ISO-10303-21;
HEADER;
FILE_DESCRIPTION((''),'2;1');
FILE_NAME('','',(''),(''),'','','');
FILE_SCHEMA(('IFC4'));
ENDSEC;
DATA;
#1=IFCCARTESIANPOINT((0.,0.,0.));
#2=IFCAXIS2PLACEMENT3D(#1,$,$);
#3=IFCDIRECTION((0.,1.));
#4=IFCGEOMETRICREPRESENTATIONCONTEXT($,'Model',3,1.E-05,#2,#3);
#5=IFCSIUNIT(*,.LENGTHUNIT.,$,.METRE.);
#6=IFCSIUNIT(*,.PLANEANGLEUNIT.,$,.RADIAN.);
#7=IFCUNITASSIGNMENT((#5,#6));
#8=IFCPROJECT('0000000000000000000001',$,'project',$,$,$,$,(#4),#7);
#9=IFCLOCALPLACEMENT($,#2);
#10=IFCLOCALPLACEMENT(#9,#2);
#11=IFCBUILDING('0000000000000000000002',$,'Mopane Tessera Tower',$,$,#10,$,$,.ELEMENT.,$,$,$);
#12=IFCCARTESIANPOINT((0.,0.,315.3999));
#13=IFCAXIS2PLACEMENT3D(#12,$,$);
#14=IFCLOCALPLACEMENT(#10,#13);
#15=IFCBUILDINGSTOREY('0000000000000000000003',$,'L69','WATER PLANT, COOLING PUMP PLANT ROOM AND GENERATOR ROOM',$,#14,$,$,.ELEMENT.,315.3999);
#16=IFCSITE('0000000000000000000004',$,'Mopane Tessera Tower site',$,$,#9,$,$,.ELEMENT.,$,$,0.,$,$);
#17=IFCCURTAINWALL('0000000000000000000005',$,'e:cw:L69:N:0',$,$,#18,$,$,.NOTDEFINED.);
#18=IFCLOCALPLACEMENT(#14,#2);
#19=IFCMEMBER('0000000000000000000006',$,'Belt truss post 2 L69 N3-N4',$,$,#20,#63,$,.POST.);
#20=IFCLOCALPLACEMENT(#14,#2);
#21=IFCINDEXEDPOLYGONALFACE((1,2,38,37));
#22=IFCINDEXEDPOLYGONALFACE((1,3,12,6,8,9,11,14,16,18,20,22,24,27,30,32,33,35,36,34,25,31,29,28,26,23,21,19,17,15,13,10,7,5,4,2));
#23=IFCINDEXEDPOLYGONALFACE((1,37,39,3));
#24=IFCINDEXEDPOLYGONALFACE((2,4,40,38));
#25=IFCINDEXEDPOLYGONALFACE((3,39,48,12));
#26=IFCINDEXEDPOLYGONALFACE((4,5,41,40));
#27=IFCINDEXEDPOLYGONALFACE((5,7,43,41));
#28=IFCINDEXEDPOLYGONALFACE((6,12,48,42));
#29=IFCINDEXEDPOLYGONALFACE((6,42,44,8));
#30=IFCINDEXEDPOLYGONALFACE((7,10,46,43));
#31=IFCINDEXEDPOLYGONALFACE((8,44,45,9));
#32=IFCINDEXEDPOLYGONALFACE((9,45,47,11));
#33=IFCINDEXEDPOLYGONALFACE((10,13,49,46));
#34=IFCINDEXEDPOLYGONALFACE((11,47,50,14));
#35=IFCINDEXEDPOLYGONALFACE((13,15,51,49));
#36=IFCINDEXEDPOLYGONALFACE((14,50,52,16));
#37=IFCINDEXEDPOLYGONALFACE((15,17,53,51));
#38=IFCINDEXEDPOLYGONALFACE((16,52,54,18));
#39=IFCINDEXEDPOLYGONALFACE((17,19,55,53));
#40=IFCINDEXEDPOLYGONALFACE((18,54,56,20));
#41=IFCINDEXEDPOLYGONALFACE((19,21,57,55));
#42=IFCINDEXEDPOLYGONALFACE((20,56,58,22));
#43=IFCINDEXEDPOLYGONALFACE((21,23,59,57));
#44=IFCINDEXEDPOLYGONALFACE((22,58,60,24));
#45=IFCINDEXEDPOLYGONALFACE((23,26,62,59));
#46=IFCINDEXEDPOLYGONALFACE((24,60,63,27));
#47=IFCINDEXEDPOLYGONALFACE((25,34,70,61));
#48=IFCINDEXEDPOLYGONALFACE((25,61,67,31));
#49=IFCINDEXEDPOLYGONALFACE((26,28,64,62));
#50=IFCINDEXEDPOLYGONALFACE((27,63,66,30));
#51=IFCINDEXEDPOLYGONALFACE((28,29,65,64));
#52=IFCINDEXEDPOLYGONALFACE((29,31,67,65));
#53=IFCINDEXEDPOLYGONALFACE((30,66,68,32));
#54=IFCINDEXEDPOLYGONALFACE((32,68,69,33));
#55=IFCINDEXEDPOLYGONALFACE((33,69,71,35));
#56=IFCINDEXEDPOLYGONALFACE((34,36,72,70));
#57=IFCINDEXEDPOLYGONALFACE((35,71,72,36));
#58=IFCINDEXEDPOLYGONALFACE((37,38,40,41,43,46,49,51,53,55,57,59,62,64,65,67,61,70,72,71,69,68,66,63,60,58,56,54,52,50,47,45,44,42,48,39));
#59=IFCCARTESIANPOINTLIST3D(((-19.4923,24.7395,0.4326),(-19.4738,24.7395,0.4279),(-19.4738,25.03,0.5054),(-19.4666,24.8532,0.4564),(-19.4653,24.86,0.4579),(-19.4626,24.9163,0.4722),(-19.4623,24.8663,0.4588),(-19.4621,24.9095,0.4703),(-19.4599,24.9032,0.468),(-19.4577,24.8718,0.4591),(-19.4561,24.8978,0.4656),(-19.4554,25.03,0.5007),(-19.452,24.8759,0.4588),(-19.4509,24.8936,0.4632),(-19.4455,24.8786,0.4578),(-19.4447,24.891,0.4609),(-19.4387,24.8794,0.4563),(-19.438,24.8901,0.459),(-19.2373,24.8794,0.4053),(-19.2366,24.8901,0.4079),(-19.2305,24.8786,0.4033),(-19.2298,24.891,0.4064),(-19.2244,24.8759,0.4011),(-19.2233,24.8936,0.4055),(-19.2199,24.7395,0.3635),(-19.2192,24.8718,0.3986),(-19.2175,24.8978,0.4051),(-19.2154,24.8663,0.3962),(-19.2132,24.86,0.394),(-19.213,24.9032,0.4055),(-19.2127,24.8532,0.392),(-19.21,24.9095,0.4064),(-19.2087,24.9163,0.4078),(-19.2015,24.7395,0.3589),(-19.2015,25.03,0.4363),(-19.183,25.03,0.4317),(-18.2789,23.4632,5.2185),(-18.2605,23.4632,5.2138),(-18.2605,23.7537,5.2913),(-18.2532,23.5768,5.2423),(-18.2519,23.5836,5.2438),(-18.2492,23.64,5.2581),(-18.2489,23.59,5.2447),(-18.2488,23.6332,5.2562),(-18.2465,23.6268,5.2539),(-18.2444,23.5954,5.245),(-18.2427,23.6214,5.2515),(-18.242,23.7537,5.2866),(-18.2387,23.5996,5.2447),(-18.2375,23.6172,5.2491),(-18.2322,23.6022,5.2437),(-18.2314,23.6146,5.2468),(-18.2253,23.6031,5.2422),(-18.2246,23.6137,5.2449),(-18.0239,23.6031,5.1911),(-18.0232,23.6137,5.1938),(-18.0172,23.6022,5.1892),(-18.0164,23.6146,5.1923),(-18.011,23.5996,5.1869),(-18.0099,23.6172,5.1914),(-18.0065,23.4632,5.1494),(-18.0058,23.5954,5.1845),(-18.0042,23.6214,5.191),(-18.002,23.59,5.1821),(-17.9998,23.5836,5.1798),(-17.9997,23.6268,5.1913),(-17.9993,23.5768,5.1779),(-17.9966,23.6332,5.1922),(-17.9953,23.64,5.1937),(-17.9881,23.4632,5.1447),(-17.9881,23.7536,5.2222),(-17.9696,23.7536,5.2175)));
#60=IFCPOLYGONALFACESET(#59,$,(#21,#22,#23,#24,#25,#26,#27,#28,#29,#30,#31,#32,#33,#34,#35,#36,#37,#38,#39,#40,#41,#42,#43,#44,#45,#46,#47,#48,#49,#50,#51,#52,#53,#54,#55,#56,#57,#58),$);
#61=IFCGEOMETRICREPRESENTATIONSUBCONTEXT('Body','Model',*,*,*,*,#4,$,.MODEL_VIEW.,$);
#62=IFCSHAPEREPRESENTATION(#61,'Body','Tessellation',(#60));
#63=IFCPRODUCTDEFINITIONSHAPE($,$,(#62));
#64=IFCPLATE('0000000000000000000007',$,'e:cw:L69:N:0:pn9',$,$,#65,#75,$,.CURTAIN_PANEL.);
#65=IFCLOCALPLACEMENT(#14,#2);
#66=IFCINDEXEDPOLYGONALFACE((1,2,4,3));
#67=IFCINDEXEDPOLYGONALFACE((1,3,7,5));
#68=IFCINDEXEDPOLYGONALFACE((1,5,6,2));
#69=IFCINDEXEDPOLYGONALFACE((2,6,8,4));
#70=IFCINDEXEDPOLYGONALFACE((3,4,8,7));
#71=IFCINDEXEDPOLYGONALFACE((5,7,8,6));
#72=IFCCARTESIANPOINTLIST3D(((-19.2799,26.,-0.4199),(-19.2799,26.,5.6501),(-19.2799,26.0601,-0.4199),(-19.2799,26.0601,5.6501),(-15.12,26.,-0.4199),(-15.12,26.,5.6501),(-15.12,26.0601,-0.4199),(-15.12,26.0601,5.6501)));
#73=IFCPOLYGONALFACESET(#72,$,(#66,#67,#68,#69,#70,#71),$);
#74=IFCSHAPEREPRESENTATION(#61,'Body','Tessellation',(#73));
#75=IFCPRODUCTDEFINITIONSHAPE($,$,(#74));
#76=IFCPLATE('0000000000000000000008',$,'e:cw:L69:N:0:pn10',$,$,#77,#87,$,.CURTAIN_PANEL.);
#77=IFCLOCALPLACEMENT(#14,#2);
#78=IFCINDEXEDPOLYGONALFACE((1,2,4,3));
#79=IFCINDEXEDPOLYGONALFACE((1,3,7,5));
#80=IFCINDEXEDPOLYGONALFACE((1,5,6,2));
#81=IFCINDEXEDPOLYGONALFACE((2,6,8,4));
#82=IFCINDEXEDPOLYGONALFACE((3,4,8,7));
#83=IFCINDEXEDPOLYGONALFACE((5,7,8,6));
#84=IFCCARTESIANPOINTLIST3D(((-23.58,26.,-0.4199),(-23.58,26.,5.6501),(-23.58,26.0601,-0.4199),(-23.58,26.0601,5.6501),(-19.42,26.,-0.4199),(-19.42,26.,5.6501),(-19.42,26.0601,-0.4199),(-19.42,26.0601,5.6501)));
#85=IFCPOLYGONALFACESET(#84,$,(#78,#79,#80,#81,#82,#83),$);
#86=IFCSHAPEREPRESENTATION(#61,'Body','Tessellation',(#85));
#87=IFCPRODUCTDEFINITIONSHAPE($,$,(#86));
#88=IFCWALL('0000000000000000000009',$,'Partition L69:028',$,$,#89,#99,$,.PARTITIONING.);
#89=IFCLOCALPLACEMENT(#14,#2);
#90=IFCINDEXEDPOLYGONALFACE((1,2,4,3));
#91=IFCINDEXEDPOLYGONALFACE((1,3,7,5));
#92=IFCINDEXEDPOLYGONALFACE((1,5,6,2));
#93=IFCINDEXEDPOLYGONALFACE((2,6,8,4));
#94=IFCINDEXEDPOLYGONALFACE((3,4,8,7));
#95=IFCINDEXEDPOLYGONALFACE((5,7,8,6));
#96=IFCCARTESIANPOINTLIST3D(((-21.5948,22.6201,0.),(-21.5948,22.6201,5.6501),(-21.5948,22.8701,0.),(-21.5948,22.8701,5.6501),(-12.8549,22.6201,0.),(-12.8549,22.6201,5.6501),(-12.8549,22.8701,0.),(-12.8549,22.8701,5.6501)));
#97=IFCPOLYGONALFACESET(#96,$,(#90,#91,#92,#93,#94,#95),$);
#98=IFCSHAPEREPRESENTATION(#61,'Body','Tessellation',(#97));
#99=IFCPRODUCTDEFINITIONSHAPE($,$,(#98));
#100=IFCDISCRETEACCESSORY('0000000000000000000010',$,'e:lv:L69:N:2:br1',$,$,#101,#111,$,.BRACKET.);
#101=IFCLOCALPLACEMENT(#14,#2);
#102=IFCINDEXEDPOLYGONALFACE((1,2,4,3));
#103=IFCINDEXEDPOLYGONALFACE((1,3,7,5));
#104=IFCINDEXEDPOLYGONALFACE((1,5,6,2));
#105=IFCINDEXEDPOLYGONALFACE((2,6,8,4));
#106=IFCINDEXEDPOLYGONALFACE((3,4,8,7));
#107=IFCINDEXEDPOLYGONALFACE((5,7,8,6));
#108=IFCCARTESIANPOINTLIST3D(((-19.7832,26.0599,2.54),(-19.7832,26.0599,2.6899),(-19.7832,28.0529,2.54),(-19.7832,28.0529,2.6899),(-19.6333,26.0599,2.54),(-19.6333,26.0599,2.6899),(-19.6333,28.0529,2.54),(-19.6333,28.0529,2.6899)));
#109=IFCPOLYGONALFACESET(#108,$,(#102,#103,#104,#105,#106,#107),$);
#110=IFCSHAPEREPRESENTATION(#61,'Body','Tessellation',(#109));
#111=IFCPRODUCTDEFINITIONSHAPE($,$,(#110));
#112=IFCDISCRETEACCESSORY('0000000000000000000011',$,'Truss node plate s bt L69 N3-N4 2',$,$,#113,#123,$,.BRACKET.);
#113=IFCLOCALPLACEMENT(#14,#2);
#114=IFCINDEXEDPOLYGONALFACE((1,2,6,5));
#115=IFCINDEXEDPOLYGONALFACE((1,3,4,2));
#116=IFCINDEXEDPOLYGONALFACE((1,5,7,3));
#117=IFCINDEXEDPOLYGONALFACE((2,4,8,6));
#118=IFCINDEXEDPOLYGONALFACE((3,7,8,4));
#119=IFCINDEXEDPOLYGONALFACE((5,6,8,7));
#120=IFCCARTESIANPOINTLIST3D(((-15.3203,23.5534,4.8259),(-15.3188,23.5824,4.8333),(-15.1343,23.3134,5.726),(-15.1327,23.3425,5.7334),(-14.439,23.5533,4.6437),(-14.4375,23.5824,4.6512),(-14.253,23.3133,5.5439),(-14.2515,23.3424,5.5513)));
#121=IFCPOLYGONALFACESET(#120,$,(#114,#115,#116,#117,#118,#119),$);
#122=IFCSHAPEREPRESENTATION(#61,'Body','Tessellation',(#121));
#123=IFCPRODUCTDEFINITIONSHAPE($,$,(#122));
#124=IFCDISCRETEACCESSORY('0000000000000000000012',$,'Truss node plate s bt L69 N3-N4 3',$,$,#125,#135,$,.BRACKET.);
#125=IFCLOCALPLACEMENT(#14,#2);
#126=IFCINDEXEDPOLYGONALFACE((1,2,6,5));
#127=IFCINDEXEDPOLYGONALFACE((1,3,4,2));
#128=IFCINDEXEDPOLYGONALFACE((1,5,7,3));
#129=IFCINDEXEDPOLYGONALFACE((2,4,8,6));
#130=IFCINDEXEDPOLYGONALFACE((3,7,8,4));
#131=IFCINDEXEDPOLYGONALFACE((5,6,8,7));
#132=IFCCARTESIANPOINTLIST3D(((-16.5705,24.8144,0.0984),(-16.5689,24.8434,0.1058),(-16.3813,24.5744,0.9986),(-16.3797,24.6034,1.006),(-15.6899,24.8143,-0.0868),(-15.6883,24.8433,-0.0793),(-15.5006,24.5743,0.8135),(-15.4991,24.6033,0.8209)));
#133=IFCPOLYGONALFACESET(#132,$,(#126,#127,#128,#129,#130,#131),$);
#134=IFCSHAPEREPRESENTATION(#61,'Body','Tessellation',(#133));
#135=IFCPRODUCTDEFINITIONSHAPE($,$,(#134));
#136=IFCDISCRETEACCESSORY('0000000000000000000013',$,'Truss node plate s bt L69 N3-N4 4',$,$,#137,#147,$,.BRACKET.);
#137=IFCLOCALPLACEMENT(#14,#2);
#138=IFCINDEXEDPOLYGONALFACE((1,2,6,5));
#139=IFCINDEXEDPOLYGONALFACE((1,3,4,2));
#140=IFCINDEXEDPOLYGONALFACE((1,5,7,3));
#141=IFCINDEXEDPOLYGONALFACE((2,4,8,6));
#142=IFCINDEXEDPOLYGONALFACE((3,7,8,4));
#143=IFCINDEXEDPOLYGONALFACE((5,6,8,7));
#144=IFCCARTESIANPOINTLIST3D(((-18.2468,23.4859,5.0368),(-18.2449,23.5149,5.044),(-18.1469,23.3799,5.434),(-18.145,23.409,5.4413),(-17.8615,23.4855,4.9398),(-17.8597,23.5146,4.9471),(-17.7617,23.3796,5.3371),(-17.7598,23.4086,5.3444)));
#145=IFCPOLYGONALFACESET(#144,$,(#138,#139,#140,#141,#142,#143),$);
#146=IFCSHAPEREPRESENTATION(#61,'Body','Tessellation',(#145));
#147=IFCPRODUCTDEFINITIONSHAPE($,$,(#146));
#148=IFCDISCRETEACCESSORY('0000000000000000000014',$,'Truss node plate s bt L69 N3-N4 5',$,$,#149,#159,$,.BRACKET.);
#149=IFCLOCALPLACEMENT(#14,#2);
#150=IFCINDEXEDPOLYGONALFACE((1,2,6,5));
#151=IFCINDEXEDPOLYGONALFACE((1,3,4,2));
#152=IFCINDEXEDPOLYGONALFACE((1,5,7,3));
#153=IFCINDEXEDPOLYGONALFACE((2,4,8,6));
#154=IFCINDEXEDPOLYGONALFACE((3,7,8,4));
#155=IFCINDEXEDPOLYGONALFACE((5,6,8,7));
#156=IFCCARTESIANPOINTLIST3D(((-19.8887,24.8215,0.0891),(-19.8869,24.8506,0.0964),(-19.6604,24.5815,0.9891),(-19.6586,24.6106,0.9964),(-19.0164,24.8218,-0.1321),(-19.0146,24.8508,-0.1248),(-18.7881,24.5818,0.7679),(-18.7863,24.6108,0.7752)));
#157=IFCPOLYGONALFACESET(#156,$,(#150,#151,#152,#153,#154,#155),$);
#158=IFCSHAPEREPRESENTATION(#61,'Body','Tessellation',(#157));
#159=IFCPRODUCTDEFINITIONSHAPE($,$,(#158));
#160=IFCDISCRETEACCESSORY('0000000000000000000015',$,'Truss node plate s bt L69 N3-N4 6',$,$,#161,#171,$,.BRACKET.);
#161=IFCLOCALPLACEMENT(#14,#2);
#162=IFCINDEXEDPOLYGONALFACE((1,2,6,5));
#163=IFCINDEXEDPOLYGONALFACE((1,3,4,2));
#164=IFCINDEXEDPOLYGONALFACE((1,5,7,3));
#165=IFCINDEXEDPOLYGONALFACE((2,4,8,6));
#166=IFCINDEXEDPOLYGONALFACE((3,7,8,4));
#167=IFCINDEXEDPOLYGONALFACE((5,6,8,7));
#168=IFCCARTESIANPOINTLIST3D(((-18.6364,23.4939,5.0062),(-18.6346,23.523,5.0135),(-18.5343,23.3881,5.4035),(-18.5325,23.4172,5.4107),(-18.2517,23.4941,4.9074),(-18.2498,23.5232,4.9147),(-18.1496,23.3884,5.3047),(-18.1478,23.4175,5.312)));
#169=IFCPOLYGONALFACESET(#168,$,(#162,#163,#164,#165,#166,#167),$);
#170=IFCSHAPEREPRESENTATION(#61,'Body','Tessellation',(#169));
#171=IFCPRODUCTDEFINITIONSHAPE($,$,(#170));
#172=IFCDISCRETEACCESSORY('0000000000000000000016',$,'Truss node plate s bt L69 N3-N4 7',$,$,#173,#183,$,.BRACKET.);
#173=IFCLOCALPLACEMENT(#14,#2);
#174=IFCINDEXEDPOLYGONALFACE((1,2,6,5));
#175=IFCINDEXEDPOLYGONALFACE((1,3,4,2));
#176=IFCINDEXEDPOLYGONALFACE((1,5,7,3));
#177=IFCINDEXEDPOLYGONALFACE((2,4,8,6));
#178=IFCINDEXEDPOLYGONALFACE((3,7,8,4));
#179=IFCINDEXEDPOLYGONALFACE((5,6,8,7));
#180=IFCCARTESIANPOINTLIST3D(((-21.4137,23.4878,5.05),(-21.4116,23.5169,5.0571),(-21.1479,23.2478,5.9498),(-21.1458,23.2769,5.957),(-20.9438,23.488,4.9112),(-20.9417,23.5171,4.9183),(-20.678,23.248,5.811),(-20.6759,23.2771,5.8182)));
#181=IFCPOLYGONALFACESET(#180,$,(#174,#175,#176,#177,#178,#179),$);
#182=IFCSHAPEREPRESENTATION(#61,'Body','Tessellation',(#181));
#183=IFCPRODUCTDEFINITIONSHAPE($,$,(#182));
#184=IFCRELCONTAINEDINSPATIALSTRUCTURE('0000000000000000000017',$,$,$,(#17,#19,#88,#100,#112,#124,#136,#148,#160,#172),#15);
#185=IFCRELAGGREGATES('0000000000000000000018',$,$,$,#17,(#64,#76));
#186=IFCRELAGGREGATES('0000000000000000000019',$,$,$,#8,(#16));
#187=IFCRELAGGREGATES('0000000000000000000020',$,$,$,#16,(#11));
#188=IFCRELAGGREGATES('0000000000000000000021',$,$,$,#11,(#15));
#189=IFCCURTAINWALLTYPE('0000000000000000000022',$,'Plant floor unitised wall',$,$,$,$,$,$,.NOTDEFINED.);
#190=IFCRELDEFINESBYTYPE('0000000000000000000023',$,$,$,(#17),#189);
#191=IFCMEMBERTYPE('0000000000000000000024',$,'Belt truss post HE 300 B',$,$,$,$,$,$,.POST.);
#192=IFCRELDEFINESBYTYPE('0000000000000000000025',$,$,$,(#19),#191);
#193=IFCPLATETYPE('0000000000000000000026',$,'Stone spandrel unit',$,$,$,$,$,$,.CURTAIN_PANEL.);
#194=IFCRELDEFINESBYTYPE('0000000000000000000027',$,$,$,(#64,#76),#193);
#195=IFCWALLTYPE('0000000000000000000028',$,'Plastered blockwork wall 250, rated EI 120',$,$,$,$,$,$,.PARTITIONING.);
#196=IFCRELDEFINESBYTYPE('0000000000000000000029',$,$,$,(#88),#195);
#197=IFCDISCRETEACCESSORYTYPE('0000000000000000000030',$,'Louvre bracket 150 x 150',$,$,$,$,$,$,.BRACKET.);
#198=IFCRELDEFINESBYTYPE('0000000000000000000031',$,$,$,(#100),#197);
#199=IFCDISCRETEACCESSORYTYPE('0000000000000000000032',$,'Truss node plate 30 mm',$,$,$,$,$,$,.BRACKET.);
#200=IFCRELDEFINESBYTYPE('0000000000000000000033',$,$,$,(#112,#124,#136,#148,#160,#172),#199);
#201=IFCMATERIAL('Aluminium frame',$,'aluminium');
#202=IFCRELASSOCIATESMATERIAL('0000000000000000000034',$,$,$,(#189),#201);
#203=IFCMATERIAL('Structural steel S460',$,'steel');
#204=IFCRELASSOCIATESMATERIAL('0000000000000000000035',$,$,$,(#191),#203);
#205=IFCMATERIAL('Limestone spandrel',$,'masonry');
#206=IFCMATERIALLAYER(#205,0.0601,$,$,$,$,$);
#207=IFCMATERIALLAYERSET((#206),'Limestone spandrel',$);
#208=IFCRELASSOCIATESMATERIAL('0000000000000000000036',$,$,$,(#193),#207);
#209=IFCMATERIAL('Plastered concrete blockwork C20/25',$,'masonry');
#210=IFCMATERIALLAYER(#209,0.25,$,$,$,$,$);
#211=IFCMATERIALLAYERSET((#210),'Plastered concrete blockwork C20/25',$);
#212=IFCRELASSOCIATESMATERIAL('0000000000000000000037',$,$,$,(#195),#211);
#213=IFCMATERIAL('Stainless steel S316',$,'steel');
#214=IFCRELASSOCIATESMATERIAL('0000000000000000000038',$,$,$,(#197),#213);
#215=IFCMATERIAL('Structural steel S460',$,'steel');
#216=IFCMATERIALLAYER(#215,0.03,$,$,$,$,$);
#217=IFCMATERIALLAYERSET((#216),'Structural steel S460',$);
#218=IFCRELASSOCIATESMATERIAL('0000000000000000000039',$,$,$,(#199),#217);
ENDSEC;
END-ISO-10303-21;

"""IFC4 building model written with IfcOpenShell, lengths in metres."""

from ifc_helpers import new_model, si_unit, direction, frame, frame_2d, origin, origin_2d, place, context, subcontext, project, spatial, rectangle, i_section, extrude, material, layer, layer_set, material_profile, profile_set, type_object, element, aggregate, save


model = new_model("IFC4")

# Units and contexts
model_context = context("Model", 3, precision=1e-05, world=origin(), true_north=direction((0.0, 1.0)))
body_context = subcontext(model_context, "Body", "Model", "MODEL_VIEW")
ifc_project = project(units=[si_unit("LENGTHUNIT", "METRE"), si_unit("PLANEANGLEUNIT", "RADIAN")], contexts=[model_context])

# Site, building, storey
site_placement = place(None, origin())
site = spatial("IfcSite", under=ifc_project, at=site_placement, Name="Mopane Tessera Tower site", CompositionType="ELEMENT", RefElevation=0.0)
building_placement = place(site_placement, origin())
building = spatial("IfcBuilding", under=site, at=building_placement, Name="Mopane Tessera Tower", CompositionType="ELEMENT")
storey_placement = place(building_placement, frame((0.0, 0.0, 315.3999)))
storey = spatial("IfcBuildingStorey", under=building, at=storey_placement, Name="L69", Description="WATER PLANT, COOLING PUMP PLANT ROOM AND GENERATOR ROOM", CompositionType="ELEMENT", Elevation=315.3999)

# Curtain wall
ifc_material_1 = material(Name="Aluminium frame", Category="aluminium")
curtain_wall_type = type_object("IfcCurtainWallType", Name="Plant floor unitised wall", PredefinedType="NOTDEFINED", material=ifc_material_1)
curtain_wall_placement = place(storey_placement, origin())
curtain_wall = element("IfcCurtainWall", 1, at=curtain_wall_placement, inside=storey, type_object=curtain_wall_type, Name="e:cw:L69:N:0", PredefinedType="NOTDEFINED")

# Member
ifc_material_2 = material(Name="Structural steel S460", Category="steel")
ifc_material_profile_1 = material_profile(ifc_material_2, i_section(OverallWidth=0.3, OverallDepth=0.3, WebThickness=0.011, FlangeThickness=0.019, FilletRadius=0.0271, at=origin_2d()))
ifc_profile_set_1 = profile_set([ifc_material_profile_1], Name="Structural steel S460")
member_type_1 = type_object("IfcMemberType", Name="Belt truss post HE 300 B", PredefinedType="POST", material=ifc_profile_set_1)
member_1_placement = place(storey_placement, frame((-19.3376, 24.8848, 0.4321), z_axis=(0.237935, -0.250287, 0.938479), x_axis=(-0.061516, -0.968172, -0.242609)))
element("IfcMember", 2, at=member_1_placement, inside=storey, type_object=member_type_1, Name="Belt truss post 2 L69 N3-N4", PredefinedType="POST", context=body_context, shape_type="SweptSolid", body=[
    extrude(i_section(OverallWidth=0.3, OverallDepth=0.3, WebThickness=0.011, FlangeThickness=0.019, FilletRadius=0.0271, at=origin_2d()), origin(), (0.0, 0.0, 1.0), 5.0996),
])

# Plates
ifc_material_3 = material(Name="Limestone spandrel", Category="masonry")
ifc_layer_1 = layer(ifc_material_3, 0.0601)
ifc_layer_set_1 = layer_set([ifc_layer_1], Name="Limestone spandrel")
plate_type = type_object("IfcPlateType", Name="Stone spandrel unit", PredefinedType="CURTAIN_PANEL", material=ifc_layer_set_1)
plate_1_placement = place(storey_placement, frame((-17.2, 26.03, -0.4199), z_axis=(0.0, 0.0, 1.0), x_axis=(-1.0, 0.0, 0.0)))
plate_1 = element("IfcPlate", 3, at=plate_1_placement, type_object=plate_type, Name="e:cw:L69:N:0:pn9", PredefinedType="CURTAIN_PANEL", context=body_context, shape_type="SweptSolid", body=[
    extrude(rectangle(XDim=4.1599, YDim=0.0601, at=origin_2d()), origin(), (0.0, 0.0, 1.0), 6.0701),
])
plate_2_placement = place(storey_placement, frame((-21.5, 26.03, -0.4199), z_axis=(0.0, 0.0, 1.0), x_axis=(-1.0, 0.0, 0.0)))
plate_2 = element("IfcPlate", 4, at=plate_2_placement, type_object=plate_type, Name="e:cw:L69:N:0:pn10", PredefinedType="CURTAIN_PANEL", context=body_context, shape_type="SweptSolid", body=[
    extrude(rectangle(XDim=4.1599, YDim=0.0601, at=origin_2d()), origin(), (0.0, 0.0, 1.0), 6.0701),
])
aggregate(curtain_wall, [plate_1, plate_2])

# Wall
ifc_material_4 = material(Name="Plastered concrete blockwork C20/25", Category="masonry")
ifc_layer_2 = layer(ifc_material_4, 0.25)
ifc_layer_set_2 = layer_set([ifc_layer_2], Name="Plastered concrete blockwork C20/25")
wall_type = type_object("IfcWallType", Name="Plastered blockwork wall 250, rated EI 120", PredefinedType="PARTITIONING", material=ifc_layer_set_2)
wall_placement = place(storey_placement, frame((-21.595, 22.7451, 0.0), z_axis=(0.0, 0.0, 1.0), x_axis=(1.0, 0.0, 0.0)))
element("IfcWall", 5, at=wall_placement, inside=storey, type_object=wall_type, Name="Partition L69:028", PredefinedType="PARTITIONING", context=body_context, shape_type="SweptSolid", body=[
    extrude(rectangle(XDim=8.74, YDim=0.25, at=frame_2d((4.3701, 0.0))), origin(), (0.0, 0.0, 1.0), 5.6501),
])

# Discrete accessories
ifc_material_5 = material(Name="Stainless steel S316", Category="steel")
discrete_accessory_type_1 = type_object("IfcDiscreteAccessoryType", Name="Louvre bracket 150 x 150", PredefinedType="BRACKET", material=ifc_material_5)
discrete_accessory_1_placement = place(storey_placement, frame((-19.7083, 27.0564, 2.54), z_axis=(0.0, 0.0, 1.0), x_axis=(0.0, 1.0, 0.0)))
element("IfcDiscreteAccessory", 6, at=discrete_accessory_1_placement, inside=storey, type_object=discrete_accessory_type_1, Name="e:lv:L69:N:2:br1", PredefinedType="BRACKET", context=body_context, shape_type="SweptSolid", body=[
    extrude(rectangle(XDim=1.9929, YDim=0.1499, at=origin_2d()), origin(), (0.0, 0.0, 1.0), 0.1499),
])
ifc_material_6 = material(Name="Structural steel S460", Category="steel")
ifc_layer_3 = layer(ifc_material_6, 0.03)
ifc_layer_set_3 = layer_set([ifc_layer_3], Name="Structural steel S460")
discrete_accessory_type_2 = type_object("IfcDiscreteAccessoryType", Name="Truss node plate 30 mm", PredefinedType="BRACKET", material=ifc_layer_set_3)
discrete_accessory_2_placement = place(storey_placement, frame((-14.8789, 23.5679, 4.7385), z_axis=(0.19583, -0.252626, 0.947539), x_axis=(-0.051206, -0.967564, -0.247382)))
element("IfcDiscreteAccessory", 7, at=discrete_accessory_2_placement, inside=storey, type_object=discrete_accessory_type_2, Name="Truss node plate s bt L69 N3-N4 2", PredefinedType="BRACKET", context=body_context, shape_type="SweptSolid", body=[
    extrude(rectangle(XDim=0.03, YDim=0.8999, at=origin_2d()), origin(), (0.0, 0.0, 1.0), 0.95),
])
discrete_accessory_3_placement = place(storey_placement, frame((-16.1294, 24.8289, 0.0095), z_axis=(0.19904, -0.252459, 0.946915), x_axis=(-0.052072, -0.967608, -0.247031)))
element("IfcDiscreteAccessory", 8, at=discrete_accessory_3_placement, inside=storey, type_object=discrete_accessory_type_2, Name="Truss node plate s bt L69 N3-N4 3", PredefinedType="BRACKET", context=body_context, shape_type="SweptSolid", body=[
    extrude(rectangle(XDim=0.03, YDim=0.8999, at=origin_2d()), origin(), (0.0, 0.0, 1.0), 0.9507),
])
discrete_accessory_4_placement = place(storey_placement, frame((-18.0532, 23.5002, 4.9919), z_axis=(0.236027, -0.250455, 0.938916), x_axis=(-0.061898, -0.968128, -0.242687)))
element("IfcDiscreteAccessory", 9, at=discrete_accessory_4_placement, inside=storey, type_object=discrete_accessory_type_2, Name="Truss node plate s bt L69 N3-N4 4", PredefinedType="BRACKET", context=body_context, shape_type="SweptSolid", body=[
    extrude(rectangle(XDim=0.03, YDim=0.3972, at=origin_2d()), origin(), (0.0, 0.0, 1.0), 0.4231),
])
discrete_accessory_5_placement = place(storey_placement, frame((-19.4517, 24.8362, -0.0178), z_axis=(0.238051, -0.250271, 0.938454), x_axis=(-0.061264, -0.968176, -0.242657)))
element("IfcDiscreteAccessory", 10, at=discrete_accessory_5_placement, inside=storey, type_object=discrete_accessory_type_2, Name="Truss node plate s bt L69 N3-N4 5", PredefinedType="BRACKET", context=body_context, shape_type="SweptSolid", body=[
    extrude(rectangle(XDim=0.03, YDim=0.8999, at=origin_2d()), origin(), (0.0, 0.0, 1.0), 0.959),
])
discrete_accessory_6_placement = place(storey_placement, frame((-18.4431, 23.5085, 4.9604), z_axis=(0.240958, -0.249604, 0.93789), x_axis=(-0.061466, -0.968348, -0.241919)))
element("IfcDiscreteAccessory", 11, at=discrete_accessory_6_placement, inside=storey, type_object=discrete_accessory_type_2, Name="Truss node plate s bt L69 N3-N4 6", PredefinedType="BRACKET", context=body_context, shape_type="SweptSolid", body=[
    extrude(rectangle(XDim=0.03, YDim=0.3972, at=origin_2d()), origin(), (0.0, 0.0, 1.0), 0.4236),
])
discrete_accessory_7_placement = place(storey_placement, frame((-21.1777, 23.5024, 4.9841), z_axis=(0.2745, -0.247781, 0.929115), x_axis=(-0.069904, -0.968816, -0.237716)))
element("IfcDiscreteAccessory", 12, at=discrete_accessory_7_placement, inside=storey, type_object=discrete_accessory_type_2, Name="Truss node plate s bt L69 N3-N4 7", PredefinedType="BRACKET", context=body_context, shape_type="SweptSolid", body=[
    extrude(rectangle(XDim=0.03, YDim=0.49, at=origin_2d()), origin(), (0.0, 0.0, 1.0), 0.9685),
])

save(model, "model.ifc")
